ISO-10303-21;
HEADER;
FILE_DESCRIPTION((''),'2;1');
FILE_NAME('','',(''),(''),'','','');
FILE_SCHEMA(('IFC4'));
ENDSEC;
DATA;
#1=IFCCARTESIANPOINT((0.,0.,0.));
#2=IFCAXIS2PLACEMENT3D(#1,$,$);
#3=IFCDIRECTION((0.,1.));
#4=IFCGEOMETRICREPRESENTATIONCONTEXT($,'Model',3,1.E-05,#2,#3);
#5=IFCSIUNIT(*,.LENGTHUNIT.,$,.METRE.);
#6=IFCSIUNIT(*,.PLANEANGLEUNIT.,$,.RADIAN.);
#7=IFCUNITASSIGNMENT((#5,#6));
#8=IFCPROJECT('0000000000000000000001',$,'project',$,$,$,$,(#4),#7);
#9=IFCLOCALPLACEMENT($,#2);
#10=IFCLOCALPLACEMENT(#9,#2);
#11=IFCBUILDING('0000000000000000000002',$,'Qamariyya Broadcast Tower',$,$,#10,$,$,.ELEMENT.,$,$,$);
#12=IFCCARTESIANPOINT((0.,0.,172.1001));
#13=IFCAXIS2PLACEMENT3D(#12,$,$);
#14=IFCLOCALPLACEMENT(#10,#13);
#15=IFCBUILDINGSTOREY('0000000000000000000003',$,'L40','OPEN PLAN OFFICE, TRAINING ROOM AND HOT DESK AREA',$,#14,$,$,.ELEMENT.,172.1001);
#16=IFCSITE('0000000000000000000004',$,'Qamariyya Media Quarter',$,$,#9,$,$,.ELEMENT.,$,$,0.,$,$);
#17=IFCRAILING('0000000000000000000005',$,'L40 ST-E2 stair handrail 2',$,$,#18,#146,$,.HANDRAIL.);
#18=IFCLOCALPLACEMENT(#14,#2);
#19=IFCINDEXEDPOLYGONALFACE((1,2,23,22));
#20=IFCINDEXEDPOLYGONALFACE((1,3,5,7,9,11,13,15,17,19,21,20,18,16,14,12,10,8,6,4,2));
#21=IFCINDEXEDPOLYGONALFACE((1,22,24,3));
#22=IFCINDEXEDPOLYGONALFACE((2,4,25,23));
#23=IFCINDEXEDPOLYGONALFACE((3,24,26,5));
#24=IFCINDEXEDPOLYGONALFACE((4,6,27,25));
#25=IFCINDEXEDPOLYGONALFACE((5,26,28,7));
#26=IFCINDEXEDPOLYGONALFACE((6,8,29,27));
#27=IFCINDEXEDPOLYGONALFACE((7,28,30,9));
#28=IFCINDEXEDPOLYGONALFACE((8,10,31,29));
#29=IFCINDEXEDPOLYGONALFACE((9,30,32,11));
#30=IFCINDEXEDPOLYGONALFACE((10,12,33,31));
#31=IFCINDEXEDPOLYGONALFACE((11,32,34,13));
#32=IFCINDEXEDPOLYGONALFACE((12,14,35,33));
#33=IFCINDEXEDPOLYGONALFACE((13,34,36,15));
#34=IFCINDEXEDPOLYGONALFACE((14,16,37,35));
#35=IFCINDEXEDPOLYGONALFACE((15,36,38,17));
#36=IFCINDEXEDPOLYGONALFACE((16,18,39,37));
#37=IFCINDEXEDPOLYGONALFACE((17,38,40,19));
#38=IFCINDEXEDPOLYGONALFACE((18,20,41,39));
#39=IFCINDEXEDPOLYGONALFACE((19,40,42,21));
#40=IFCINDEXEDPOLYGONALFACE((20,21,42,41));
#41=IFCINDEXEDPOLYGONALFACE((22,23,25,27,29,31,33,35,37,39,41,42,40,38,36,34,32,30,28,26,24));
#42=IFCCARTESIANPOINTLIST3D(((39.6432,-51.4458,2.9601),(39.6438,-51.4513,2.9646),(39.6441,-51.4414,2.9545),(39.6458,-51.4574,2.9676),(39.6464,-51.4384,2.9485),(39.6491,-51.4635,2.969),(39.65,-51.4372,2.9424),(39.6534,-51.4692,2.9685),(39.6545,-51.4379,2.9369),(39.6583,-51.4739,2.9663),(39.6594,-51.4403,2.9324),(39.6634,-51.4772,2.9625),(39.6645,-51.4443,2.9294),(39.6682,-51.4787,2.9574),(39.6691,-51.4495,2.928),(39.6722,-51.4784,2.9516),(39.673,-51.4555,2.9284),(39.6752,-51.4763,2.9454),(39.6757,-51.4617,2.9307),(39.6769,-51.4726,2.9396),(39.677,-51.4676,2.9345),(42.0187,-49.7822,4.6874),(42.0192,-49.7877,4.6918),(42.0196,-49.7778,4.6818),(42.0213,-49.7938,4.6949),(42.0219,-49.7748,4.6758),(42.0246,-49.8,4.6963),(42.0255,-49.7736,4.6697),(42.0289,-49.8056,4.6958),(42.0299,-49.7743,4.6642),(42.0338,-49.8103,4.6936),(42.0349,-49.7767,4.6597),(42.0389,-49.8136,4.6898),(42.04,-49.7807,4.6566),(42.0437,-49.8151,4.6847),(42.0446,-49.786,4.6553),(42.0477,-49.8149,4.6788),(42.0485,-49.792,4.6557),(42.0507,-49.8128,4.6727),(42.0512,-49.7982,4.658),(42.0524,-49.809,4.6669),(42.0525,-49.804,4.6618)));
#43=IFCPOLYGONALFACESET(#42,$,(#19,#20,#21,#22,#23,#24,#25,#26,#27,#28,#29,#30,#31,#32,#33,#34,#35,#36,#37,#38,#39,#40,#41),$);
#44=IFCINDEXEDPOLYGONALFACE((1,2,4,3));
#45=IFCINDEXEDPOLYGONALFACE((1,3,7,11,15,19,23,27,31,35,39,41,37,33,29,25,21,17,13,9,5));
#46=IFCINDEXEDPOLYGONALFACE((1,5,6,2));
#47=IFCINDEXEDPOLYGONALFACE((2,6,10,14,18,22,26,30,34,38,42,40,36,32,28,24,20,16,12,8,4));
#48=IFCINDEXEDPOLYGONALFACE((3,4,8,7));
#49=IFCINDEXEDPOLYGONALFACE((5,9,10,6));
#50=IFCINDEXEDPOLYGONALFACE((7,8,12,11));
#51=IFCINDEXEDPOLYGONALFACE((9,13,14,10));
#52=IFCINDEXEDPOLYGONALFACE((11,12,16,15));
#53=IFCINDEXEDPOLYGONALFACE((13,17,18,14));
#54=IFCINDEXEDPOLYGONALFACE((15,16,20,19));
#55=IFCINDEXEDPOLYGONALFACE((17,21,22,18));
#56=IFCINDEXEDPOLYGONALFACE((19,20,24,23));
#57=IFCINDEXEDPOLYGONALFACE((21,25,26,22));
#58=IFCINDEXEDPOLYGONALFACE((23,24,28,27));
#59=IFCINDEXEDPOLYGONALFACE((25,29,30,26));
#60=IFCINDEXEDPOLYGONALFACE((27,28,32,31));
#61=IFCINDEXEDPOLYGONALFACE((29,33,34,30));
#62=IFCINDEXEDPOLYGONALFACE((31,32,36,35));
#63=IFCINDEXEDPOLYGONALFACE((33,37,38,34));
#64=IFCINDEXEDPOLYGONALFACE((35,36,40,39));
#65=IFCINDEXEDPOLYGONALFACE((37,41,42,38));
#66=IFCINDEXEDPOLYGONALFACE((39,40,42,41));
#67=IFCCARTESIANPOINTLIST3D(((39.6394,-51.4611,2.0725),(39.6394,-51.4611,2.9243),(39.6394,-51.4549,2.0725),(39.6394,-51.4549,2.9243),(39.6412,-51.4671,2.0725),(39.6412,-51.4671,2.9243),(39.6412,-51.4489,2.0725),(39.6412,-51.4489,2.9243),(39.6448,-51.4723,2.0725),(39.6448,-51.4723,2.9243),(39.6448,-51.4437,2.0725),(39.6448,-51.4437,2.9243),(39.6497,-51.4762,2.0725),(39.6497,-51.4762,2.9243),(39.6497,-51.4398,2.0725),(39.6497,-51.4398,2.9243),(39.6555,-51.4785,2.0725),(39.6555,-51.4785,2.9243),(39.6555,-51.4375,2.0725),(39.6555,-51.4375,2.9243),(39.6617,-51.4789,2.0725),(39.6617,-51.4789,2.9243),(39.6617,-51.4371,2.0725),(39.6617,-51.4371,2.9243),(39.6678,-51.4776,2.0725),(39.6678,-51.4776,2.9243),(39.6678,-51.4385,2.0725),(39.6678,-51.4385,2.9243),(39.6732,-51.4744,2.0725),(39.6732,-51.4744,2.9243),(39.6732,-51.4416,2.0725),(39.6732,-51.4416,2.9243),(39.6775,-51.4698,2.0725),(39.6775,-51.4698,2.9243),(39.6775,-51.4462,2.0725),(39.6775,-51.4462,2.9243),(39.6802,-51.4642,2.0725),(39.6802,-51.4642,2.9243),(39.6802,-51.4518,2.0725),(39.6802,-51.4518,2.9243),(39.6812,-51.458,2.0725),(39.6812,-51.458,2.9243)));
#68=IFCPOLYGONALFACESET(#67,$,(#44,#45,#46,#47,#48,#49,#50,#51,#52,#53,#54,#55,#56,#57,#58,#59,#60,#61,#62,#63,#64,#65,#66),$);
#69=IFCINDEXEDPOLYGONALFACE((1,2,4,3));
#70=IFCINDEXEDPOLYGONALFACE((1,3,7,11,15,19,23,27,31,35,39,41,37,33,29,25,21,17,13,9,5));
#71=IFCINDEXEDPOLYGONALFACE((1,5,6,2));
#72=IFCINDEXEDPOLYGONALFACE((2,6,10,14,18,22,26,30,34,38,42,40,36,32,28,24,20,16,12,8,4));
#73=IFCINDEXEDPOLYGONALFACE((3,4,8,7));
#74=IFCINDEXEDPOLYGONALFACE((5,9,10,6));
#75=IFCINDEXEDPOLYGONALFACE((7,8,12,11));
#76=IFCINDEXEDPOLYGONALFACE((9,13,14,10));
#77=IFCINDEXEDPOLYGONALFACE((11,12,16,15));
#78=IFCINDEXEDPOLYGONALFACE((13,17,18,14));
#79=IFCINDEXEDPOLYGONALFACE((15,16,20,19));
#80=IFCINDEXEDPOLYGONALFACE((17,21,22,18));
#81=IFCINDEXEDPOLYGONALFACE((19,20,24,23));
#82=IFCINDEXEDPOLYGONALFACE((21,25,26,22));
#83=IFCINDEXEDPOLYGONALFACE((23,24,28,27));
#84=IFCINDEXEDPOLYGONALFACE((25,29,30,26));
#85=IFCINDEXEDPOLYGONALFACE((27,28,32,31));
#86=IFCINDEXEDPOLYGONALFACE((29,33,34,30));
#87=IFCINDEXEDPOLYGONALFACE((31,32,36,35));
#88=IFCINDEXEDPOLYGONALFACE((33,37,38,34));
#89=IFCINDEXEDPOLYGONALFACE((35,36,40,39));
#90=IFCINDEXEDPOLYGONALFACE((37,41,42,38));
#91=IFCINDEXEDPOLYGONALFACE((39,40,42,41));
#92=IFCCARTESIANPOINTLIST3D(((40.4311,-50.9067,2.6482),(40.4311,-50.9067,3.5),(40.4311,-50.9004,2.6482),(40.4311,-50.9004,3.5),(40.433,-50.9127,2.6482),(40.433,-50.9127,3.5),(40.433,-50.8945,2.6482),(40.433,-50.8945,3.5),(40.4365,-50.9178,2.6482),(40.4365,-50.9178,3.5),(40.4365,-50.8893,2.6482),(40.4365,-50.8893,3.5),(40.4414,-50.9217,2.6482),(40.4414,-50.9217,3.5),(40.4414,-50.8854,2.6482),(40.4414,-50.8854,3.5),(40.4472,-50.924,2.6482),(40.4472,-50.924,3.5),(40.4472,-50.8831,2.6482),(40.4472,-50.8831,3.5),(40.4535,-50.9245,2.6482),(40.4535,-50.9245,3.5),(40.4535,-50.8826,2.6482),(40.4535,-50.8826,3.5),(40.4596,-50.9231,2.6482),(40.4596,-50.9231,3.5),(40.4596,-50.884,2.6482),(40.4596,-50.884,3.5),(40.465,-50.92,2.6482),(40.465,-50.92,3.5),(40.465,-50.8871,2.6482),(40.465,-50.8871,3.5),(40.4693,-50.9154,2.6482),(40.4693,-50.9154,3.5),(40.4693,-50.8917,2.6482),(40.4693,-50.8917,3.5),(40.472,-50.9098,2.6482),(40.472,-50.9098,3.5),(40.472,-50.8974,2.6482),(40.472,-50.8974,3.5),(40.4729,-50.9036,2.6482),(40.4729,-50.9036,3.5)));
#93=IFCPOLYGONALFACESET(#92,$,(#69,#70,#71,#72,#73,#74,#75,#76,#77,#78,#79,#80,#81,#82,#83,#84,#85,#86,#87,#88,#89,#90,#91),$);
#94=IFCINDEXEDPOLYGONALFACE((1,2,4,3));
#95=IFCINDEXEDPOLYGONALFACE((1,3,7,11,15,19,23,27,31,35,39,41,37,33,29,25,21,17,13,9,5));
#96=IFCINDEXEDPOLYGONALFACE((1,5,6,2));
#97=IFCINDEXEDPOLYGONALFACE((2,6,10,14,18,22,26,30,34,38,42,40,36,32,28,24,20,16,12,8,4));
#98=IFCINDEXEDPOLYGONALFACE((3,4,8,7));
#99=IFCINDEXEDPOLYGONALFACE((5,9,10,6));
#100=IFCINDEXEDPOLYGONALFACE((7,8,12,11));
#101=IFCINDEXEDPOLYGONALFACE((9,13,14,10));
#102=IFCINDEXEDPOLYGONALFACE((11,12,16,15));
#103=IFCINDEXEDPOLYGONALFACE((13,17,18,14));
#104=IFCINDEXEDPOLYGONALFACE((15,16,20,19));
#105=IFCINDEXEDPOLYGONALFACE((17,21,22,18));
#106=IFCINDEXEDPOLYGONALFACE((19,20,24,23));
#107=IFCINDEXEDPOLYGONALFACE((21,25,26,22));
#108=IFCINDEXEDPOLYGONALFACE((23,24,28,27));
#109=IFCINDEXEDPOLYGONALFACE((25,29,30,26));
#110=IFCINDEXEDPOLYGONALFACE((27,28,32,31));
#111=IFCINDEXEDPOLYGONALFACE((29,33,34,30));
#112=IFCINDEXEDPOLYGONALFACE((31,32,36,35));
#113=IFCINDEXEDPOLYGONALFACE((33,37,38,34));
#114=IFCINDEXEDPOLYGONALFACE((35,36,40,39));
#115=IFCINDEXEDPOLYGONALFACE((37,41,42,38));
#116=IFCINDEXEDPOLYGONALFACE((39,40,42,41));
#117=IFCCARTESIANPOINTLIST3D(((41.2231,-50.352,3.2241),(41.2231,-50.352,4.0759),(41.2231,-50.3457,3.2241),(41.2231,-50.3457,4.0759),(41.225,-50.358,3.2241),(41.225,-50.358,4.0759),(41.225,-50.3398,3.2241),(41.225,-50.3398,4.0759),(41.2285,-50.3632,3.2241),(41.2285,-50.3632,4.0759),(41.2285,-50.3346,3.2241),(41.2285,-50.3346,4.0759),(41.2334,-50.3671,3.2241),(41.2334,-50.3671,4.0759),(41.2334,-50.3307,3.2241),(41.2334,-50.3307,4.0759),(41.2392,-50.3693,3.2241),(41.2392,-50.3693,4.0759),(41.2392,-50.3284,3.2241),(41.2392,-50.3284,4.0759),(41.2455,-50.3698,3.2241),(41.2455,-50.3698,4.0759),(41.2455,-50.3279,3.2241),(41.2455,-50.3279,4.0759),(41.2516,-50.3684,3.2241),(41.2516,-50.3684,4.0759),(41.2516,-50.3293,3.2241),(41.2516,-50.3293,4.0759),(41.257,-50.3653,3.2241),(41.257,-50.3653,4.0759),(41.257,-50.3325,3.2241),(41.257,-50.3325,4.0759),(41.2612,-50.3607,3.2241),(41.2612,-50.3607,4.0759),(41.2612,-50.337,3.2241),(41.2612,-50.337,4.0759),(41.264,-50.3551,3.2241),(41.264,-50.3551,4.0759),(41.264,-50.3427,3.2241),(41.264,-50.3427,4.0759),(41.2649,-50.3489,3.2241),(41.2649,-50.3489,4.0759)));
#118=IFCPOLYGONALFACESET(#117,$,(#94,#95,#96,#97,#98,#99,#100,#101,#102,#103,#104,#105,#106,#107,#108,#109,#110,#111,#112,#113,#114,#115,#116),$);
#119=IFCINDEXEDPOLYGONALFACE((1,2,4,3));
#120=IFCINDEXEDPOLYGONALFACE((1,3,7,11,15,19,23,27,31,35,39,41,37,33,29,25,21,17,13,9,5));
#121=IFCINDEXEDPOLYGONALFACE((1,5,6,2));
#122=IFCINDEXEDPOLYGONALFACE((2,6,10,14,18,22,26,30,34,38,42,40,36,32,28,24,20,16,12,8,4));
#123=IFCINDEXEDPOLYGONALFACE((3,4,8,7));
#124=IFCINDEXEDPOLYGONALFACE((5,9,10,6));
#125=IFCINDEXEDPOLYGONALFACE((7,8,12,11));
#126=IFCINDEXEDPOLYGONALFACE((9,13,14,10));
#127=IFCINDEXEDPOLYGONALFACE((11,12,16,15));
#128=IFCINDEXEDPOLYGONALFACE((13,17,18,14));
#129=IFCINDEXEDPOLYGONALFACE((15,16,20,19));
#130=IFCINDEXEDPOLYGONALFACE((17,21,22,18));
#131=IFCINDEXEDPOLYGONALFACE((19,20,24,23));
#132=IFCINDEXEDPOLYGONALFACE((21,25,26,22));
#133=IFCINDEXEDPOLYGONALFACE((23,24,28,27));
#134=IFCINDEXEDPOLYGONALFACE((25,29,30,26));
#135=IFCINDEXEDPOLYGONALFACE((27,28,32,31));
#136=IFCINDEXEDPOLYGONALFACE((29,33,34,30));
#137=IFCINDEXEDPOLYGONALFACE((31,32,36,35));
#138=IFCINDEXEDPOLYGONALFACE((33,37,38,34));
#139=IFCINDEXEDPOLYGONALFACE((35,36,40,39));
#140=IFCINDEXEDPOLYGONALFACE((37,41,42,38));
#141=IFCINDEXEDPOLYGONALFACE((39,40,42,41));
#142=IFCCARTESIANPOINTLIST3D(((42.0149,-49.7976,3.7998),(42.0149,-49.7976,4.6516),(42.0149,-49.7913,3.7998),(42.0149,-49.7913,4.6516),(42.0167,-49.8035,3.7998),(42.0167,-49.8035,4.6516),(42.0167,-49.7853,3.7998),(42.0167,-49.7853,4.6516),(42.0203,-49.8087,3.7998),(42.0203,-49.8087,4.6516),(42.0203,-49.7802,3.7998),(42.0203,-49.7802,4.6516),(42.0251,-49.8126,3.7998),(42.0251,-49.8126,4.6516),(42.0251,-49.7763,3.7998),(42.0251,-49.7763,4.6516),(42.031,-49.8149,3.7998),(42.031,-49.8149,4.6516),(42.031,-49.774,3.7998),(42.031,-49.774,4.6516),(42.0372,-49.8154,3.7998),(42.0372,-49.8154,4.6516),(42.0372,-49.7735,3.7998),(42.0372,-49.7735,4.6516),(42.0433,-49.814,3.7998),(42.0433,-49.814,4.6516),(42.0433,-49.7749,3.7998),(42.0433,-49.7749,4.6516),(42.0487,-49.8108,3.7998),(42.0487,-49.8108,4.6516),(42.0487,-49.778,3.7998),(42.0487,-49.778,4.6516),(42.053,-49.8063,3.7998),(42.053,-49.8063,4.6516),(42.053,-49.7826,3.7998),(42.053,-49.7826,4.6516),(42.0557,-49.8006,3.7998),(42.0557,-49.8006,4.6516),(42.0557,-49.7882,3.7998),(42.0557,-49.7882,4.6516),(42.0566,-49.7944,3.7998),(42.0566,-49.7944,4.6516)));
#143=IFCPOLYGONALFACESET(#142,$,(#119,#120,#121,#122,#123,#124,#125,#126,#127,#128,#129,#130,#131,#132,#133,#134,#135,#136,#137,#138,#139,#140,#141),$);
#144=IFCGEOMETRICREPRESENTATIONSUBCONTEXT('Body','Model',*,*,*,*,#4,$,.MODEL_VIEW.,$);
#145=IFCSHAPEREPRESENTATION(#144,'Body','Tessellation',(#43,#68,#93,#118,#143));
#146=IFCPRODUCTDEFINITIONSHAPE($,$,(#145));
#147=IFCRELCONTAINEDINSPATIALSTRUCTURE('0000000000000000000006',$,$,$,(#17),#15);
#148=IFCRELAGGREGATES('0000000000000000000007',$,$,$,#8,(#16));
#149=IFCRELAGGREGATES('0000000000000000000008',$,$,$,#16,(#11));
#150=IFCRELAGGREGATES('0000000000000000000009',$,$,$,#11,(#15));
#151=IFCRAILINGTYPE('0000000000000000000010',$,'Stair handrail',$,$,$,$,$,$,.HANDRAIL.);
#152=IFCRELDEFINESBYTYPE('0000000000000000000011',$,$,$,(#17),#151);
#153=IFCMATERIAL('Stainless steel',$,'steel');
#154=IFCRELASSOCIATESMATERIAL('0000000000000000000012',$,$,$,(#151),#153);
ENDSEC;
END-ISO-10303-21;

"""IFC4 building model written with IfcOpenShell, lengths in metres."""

from ifc_helpers import new_model, si_unit, direction, frame, origin, origin_2d, place, context, subcontext, project, spatial, circle, extrude, material, type_object, element, save


model = new_model("IFC4")

# Units and contexts
model_context = context("Model", 3, precision=1e-05, world=origin(), true_north=direction((0.0, 1.0)))
body_context = subcontext(model_context, "Body", "Model", "MODEL_VIEW")
ifc_project = project(units=[si_unit("LENGTHUNIT", "METRE"), si_unit("PLANEANGLEUNIT", "RADIAN")], contexts=[model_context])

# Site, building, storey
site_placement = place(None, origin())
site = spatial("IfcSite", under=ifc_project, at=site_placement, Name="Qamariyya Media Quarter", CompositionType="ELEMENT", RefElevation=0.0)
building_placement = place(site_placement, origin())
building = spatial("IfcBuilding", under=site, at=building_placement, Name="Qamariyya Broadcast Tower", CompositionType="ELEMENT")
storey_placement = place(building_placement, frame((0.0, 0.0, 172.1001)))
storey = spatial("IfcBuildingStorey", under=building, at=storey_placement, Name="L40", Description="OPEN PLAN OFFICE, TRAINING ROOM AND HOT DESK AREA", CompositionType="ELEMENT", Elevation=172.1001)

# Railing
ifc_material_1 = material(Name="Stainless steel", Category="steel")
railing_type_1 = type_object("IfcRailingType", Name="Stair handrail", PredefinedType="HANDRAIL", material=ifc_material_1)
railing_1_placement = place(storey_placement, frame((39.6602, -51.458, 2.0725)))
element("IfcRailing", 1, at=railing_1_placement, inside=storey, type_object=railing_type_1, Name="L40 ST-E2 stair handrail 2", PredefinedType="HANDRAIL", context=body_context, shape_type="SweptSolid", body=[
    extrude(circle(Radius=0.0239, at=origin_2d()), frame((0.0, 0.0, 0.876), z_axis=(0.703745, 0.492838, 0.511716), x_axis=(-0.573632, 0.819113, 0.0)), (0.0, 0.0, 1.0), 3.3755),
    extrude(circle(Radius=0.021, at=origin_2d()), origin(), (0.0, 0.0, 1.0), 0.8518),
    extrude(circle(Radius=0.021, at=origin_2d()), frame((0.7917, 0.5544, 0.5757)), (0.0, 0.0, 1.0), 0.8518),
    extrude(circle(Radius=0.021, at=origin_2d()), frame((1.5837, 1.1091, 1.1516)), (0.0, 0.0, 1.0), 0.8518),
    extrude(circle(Radius=0.021, at=origin_2d()), frame((2.3755, 1.6636, 1.7273)), (0.0, 0.0, 1.0), 0.8518),
])

save(model, "model.ifc")
